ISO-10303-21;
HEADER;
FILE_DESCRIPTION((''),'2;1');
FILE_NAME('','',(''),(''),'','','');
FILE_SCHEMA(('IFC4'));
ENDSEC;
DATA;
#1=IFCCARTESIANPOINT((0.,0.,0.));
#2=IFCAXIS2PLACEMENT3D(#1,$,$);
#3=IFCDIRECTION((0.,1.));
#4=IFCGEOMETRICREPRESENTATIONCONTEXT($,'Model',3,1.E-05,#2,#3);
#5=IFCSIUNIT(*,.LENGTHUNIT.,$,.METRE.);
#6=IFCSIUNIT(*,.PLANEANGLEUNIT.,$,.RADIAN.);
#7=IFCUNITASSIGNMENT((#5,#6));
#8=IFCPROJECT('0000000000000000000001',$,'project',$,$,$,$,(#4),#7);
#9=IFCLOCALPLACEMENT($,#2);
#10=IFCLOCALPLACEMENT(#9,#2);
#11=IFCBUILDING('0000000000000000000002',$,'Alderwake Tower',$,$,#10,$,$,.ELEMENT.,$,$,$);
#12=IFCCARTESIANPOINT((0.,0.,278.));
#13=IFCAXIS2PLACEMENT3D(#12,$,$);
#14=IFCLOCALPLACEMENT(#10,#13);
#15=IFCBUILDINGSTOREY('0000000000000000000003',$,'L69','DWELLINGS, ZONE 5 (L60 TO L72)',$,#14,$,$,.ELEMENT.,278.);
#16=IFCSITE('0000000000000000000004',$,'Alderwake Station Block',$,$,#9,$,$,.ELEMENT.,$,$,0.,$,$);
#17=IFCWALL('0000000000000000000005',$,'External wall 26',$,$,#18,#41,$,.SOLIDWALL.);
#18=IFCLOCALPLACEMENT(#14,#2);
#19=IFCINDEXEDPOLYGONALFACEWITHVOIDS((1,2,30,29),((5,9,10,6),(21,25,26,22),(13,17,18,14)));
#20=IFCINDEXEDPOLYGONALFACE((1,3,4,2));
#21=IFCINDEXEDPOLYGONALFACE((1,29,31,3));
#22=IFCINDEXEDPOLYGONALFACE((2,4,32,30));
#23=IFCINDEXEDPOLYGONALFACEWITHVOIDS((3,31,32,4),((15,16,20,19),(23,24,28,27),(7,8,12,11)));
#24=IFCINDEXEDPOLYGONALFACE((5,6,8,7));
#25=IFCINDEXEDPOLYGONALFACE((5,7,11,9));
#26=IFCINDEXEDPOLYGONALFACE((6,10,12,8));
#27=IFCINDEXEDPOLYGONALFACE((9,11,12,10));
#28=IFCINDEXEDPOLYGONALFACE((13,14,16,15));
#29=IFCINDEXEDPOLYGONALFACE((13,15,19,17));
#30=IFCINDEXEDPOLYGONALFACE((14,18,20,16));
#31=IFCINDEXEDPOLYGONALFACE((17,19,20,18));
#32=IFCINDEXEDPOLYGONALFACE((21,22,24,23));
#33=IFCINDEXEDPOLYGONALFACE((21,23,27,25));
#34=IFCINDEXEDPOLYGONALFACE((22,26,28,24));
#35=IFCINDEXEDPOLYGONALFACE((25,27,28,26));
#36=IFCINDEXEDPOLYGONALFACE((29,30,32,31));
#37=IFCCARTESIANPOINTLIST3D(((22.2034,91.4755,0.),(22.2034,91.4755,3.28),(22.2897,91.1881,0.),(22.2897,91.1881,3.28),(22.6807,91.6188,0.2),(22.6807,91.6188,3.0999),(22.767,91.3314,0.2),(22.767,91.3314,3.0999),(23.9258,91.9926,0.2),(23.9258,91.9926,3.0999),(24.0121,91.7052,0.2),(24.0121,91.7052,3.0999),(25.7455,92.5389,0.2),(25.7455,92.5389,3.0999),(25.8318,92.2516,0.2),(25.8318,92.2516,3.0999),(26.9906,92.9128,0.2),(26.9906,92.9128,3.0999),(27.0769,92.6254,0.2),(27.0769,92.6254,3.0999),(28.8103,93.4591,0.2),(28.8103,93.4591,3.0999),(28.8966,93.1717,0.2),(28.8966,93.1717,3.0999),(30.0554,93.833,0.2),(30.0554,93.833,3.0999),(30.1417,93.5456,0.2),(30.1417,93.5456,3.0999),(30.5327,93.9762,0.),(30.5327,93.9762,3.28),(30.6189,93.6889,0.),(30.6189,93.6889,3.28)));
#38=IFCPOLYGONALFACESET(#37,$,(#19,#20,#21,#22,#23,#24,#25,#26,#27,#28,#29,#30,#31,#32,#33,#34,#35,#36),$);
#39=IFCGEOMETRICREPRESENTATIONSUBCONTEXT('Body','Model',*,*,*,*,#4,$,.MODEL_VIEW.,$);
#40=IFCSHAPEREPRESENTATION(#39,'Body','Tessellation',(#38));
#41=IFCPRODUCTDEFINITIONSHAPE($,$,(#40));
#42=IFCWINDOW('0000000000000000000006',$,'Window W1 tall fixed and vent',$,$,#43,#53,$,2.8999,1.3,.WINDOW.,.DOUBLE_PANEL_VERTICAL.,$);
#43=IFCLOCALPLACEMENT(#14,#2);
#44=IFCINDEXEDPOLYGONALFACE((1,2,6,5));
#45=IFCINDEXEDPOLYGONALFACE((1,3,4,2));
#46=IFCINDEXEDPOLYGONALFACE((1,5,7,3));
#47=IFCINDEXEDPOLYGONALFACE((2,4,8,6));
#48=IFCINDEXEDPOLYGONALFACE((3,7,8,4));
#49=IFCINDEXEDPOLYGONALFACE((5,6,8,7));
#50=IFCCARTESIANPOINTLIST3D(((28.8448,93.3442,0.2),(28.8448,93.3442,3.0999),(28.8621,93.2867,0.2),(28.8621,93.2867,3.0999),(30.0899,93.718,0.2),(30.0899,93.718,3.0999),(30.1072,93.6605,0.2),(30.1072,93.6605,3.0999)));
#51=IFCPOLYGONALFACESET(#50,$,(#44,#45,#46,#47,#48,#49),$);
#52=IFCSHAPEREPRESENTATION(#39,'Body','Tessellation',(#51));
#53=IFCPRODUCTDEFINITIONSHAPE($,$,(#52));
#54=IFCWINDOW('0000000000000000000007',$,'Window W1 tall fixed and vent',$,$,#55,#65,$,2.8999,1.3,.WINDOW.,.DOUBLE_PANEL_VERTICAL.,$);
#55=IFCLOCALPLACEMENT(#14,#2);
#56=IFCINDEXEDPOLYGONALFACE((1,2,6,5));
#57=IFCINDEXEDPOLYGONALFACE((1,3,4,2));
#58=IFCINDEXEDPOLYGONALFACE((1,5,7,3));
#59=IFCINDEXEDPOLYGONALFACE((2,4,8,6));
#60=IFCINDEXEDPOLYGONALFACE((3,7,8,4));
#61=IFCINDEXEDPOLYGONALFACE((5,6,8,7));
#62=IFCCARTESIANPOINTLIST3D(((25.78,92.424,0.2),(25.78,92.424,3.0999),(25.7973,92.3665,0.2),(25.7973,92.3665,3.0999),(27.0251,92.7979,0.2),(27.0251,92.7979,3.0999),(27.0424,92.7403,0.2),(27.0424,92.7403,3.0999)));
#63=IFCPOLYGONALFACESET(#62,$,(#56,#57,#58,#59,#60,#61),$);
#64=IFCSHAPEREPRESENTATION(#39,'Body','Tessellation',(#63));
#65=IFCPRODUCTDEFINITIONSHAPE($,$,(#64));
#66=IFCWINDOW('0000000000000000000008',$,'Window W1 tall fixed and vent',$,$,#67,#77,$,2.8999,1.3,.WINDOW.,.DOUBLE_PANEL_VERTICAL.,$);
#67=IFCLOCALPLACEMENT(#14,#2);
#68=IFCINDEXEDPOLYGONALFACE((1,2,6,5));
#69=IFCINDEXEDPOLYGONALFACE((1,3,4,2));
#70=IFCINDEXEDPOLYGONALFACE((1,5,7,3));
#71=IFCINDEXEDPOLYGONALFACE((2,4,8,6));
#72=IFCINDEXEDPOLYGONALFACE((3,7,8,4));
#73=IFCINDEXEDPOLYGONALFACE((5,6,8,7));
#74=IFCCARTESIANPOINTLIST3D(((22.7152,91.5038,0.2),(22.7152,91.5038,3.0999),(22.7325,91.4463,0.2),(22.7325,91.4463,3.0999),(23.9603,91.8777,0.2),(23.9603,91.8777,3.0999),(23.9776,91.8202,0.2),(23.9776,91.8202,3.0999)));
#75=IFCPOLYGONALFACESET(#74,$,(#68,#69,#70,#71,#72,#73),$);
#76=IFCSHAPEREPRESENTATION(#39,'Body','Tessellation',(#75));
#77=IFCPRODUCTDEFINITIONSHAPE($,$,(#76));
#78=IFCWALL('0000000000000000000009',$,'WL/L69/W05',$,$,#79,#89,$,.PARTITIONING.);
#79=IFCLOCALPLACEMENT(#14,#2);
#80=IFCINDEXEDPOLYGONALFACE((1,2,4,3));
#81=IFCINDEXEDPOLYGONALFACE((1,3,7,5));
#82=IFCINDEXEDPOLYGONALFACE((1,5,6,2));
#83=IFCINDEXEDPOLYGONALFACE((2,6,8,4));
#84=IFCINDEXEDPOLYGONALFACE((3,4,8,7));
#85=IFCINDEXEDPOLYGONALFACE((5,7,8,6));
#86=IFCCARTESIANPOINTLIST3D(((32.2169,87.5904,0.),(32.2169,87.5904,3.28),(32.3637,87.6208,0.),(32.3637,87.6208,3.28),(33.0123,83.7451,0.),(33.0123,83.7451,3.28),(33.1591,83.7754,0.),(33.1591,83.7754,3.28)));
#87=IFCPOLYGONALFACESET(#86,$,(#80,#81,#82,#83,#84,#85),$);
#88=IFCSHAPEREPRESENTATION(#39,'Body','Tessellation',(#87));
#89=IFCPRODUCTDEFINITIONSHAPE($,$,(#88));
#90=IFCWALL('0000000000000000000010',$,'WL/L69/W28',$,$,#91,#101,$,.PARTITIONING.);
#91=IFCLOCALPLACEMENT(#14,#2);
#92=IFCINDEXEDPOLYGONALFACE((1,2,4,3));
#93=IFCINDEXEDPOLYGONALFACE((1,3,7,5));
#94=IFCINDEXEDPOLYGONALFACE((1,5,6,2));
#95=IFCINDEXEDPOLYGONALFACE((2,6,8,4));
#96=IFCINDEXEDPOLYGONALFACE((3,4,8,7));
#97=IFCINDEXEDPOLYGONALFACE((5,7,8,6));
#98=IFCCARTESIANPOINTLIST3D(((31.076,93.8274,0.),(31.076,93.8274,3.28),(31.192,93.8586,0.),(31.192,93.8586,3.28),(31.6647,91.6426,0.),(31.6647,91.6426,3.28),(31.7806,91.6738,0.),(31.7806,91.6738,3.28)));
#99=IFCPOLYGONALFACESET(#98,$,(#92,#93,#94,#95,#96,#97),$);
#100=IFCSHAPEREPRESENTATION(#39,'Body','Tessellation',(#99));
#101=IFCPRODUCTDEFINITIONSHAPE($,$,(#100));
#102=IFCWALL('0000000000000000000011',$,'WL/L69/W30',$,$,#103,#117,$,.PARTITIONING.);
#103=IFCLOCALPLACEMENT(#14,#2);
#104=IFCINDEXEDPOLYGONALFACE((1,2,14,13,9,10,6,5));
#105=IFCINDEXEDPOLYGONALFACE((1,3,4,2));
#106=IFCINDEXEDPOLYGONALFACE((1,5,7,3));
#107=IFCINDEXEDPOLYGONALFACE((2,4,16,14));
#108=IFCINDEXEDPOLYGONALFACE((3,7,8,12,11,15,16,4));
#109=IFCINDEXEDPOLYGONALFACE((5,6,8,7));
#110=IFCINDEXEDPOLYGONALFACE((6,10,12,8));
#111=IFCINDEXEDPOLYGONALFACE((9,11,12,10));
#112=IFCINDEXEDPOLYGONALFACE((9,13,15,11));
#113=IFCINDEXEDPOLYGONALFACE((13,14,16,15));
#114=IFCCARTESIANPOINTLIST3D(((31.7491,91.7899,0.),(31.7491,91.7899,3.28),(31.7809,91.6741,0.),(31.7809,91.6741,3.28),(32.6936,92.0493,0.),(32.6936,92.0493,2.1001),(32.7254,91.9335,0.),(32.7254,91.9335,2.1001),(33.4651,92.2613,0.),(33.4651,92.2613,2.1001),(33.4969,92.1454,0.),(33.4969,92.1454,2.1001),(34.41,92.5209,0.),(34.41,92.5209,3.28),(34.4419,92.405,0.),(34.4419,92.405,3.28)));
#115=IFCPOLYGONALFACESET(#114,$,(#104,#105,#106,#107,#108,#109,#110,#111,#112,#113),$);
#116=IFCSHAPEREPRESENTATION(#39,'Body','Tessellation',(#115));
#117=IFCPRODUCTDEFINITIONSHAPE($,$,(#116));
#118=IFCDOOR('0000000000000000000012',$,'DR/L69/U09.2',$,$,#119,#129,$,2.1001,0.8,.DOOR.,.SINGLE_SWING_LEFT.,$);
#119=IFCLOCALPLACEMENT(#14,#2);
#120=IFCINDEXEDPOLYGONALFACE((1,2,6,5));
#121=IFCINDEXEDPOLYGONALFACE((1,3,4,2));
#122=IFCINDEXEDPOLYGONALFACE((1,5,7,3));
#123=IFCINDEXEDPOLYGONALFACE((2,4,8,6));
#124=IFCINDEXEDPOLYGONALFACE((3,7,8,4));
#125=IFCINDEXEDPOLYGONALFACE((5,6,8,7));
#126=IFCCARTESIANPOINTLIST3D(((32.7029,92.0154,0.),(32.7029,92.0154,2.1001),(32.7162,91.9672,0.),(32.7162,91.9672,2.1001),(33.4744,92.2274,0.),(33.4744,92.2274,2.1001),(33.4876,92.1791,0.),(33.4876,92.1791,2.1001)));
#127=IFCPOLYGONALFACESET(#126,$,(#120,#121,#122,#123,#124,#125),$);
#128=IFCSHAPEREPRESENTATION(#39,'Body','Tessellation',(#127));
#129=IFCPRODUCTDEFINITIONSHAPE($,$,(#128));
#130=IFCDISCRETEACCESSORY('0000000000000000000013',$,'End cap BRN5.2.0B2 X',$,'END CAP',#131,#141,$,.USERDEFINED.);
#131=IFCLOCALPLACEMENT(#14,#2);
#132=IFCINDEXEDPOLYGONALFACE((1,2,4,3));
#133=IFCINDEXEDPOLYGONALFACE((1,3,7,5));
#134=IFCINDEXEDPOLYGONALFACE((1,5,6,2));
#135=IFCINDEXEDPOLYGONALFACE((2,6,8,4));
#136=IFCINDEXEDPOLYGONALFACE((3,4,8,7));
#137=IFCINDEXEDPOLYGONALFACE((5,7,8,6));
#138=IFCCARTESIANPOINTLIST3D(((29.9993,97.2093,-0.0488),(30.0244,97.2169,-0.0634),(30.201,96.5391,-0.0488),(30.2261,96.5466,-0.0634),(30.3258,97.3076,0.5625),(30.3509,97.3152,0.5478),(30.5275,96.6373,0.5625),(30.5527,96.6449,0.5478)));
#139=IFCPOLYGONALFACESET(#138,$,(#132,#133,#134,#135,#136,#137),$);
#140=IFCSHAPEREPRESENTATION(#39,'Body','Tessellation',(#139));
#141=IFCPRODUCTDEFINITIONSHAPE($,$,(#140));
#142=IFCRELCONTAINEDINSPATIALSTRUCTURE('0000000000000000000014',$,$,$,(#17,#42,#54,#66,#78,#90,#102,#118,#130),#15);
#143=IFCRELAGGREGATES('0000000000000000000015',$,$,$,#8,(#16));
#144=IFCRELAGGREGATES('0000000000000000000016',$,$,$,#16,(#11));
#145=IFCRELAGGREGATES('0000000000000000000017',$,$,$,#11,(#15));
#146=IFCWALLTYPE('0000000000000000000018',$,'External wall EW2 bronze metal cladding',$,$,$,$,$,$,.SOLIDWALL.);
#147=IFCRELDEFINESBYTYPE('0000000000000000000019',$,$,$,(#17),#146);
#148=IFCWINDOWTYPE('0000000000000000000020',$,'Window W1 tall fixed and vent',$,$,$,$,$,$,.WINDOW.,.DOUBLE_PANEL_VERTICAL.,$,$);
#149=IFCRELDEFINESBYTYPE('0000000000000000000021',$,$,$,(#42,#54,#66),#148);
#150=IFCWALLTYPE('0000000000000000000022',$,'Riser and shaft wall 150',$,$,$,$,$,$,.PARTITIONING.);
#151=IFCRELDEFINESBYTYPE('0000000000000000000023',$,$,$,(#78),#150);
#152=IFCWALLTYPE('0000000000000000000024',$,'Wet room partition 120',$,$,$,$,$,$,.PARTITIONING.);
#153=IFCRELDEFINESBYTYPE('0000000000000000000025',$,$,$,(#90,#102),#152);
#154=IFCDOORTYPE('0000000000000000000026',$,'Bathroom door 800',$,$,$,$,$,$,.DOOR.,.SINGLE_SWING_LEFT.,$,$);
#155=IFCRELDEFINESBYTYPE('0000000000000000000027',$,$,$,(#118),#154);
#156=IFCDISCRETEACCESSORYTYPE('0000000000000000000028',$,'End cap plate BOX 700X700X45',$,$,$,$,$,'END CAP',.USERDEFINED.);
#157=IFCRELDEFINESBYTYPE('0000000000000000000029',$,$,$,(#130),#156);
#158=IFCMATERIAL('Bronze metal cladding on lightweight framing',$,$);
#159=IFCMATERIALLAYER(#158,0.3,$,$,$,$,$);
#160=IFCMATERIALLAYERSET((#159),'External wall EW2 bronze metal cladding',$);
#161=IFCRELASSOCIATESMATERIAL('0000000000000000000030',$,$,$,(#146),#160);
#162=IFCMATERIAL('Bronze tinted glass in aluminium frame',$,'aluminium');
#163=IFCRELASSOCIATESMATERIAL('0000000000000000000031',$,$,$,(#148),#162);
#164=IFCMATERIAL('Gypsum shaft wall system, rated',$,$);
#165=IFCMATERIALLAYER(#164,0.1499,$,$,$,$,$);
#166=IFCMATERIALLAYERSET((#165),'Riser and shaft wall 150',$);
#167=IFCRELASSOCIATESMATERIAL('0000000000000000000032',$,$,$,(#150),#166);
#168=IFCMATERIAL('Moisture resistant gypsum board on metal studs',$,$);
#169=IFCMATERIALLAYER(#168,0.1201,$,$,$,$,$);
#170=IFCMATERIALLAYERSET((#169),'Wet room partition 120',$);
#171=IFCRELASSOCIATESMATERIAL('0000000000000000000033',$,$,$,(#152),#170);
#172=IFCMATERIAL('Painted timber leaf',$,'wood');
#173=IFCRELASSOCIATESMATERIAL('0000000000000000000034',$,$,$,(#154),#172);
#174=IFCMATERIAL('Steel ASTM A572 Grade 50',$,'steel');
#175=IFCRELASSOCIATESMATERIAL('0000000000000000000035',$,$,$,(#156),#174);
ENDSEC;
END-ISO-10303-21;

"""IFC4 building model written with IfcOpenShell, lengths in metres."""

from ifc_helpers import new_model, si_unit, direction, frame, frame_2d, origin, origin_2d, place, context, subcontext, project, spatial, rectangle, extrude, material, layer, layer_set, material_profile, profile_set, type_object, element, fill, save


model = new_model("IFC4")

# Units and contexts
model_context = context("Model", 3, precision=1e-05, world=origin(), true_north=direction((0.0, 1.0)))
body_context = subcontext(model_context, "Body", "Model", "MODEL_VIEW")
ifc_project = project(units=[si_unit("LENGTHUNIT", "METRE"), si_unit("PLANEANGLEUNIT", "RADIAN")], contexts=[model_context])

# Site, building, storey
site_placement = place(None, origin())
site = spatial("IfcSite", under=ifc_project, at=site_placement, Name="Alderwake Station Block", CompositionType="ELEMENT", RefElevation=0.0)
building_placement = place(site_placement, origin())
building = spatial("IfcBuilding", under=site, at=building_placement, Name="Alderwake Tower", CompositionType="ELEMENT")
storey_placement = place(building_placement, frame((0.0, 0.0, 278.0)))
storey = spatial("IfcBuildingStorey", under=building, at=storey_placement, Name="L69", Description="DWELLINGS, ZONE 5 (L60 TO L72)", CompositionType="ELEMENT", Elevation=278.0)

# Wall, openings, windows
ifc_material_1 = material(Name="Bronze metal cladding on lightweight framing")
ifc_layer_1 = layer(ifc_material_1, 0.3)
ifc_layer_set_1 = layer_set([ifc_layer_1], Name="External wall EW2 bronze metal cladding")
wall_type_1 = type_object("IfcWallType", Name="External wall EW2 bronze metal cladding", PredefinedType="SOLIDWALL", material=ifc_layer_set_1)
ifc_material_2 = material(Name="Bronze tinted glass in aluminium frame", Category="aluminium")
window_type_1 = type_object("IfcWindowType", Name="Window W1 tall fixed and vent", PartitioningType="DOUBLE_PANEL_VERTICAL", PredefinedType="WINDOW", material=ifc_material_2)
wall_1_placement = place(storey_placement, frame((30.5757, 93.8325, 0.0), z_axis=(0.0, 0.0, 1.0), x_axis=(-0.957763, -0.287559, 0.0)))
wall_1 = element("IfcWall", 1, at=wall_1_placement, inside=storey, type_object=wall_type_1, Name="External wall 26", PredefinedType="SOLIDWALL", context=body_context, shape_type="SweptSolid", body=[
    extrude(rectangle(XDim=8.6965, YDim=0.3, at=frame_2d((4.3481, 0.0))), origin(), (0.0, 0.0, 1.0), 3.28),
])
opening_1_placement = place(wall_1_placement, frame((0.4983, 0.0, 0.2)))
opening_1 = element("IfcOpeningElement", 2, at=opening_1_placement, cuts=wall_1, PredefinedType="OPENING", context=body_context, shape_type="SweptSolid", body=[
    extrude(rectangle(XDim=1.3, YDim=2.8999, at=frame_2d((0.6499, 1.45))), frame((0.0, 0.1599, 0.0), z_axis=(0.0, -1.0, 0.0), x_axis=(1.0, 0.0, 0.0)), (0.0, 0.0, 1.0), 0.3201),
])
opening_2_placement = place(wall_1_placement, frame((3.6982, 0.0, 0.2)))
opening_2 = element("IfcOpeningElement", 3, at=opening_2_placement, cuts=wall_1, PredefinedType="OPENING", context=body_context, shape_type="SweptSolid", body=[
    extrude(rectangle(XDim=1.3, YDim=2.8999, at=frame_2d((0.6499, 1.45))), frame((0.0, 0.1599, 0.0), z_axis=(0.0, -1.0, 0.0), x_axis=(1.0, 0.0, 0.0)), (0.0, 0.0, 1.0), 0.3201),
])
opening_3_placement = place(wall_1_placement, frame((6.8982, 0.0, 0.2)))
opening_3 = element("IfcOpeningElement", 4, at=opening_3_placement, cuts=wall_1, PredefinedType="OPENING", context=body_context, shape_type="SweptSolid", body=[
    extrude(rectangle(XDim=1.3, YDim=2.8999, at=frame_2d((0.6499, 1.45))), frame((0.0, 0.1599, 0.0), z_axis=(0.0, -1.0, 0.0), x_axis=(1.0, 0.0, 0.0)), (0.0, 0.0, 1.0), 0.3201),
])
window_1_placement = place(opening_1_placement, origin())
window_1 = element("IfcWindow", 5, at=window_1_placement, inside=storey, type_object=window_type_1, Name="Window W1 tall fixed and vent", OverallHeight=2.8999, OverallWidth=1.3, PartitioningType="DOUBLE_PANEL_VERTICAL", PredefinedType="WINDOW", context=body_context, shape_type="SweptSolid", body=[
    extrude(rectangle(XDim=1.3, YDim=2.8999, at=frame_2d((0.6499, 1.45))), frame((0.0, 0.03, 0.0), z_axis=(0.0, -1.0, 0.0), x_axis=(1.0, 0.0, 0.0)), (0.0, 0.0, 1.0), 0.0601),
])
fill(opening_1, window_1)
window_2_placement = place(opening_2_placement, origin())
window_2 = element("IfcWindow", 6, at=window_2_placement, inside=storey, type_object=window_type_1, Name="Window W1 tall fixed and vent", OverallHeight=2.8999, OverallWidth=1.3, PartitioningType="DOUBLE_PANEL_VERTICAL", PredefinedType="WINDOW", context=body_context, shape_type="SweptSolid", body=[
    extrude(rectangle(XDim=1.3, YDim=2.8999, at=frame_2d((0.6499, 1.45))), frame((0.0, 0.03, 0.0), z_axis=(0.0, -1.0, 0.0), x_axis=(1.0, 0.0, 0.0)), (0.0, 0.0, 1.0), 0.0601),
])
fill(opening_2, window_2)
window_3_placement = place(opening_3_placement, origin())
window_3 = element("IfcWindow", 7, at=window_3_placement, inside=storey, type_object=window_type_1, Name="Window W1 tall fixed and vent", OverallHeight=2.8999, OverallWidth=1.3, PartitioningType="DOUBLE_PANEL_VERTICAL", PredefinedType="WINDOW", context=body_context, shape_type="SweptSolid", body=[
    extrude(rectangle(XDim=1.3, YDim=2.8999, at=frame_2d((0.6499, 1.45))), frame((0.0, 0.03, 0.0), z_axis=(0.0, -1.0, 0.0), x_axis=(1.0, 0.0, 0.0)), (0.0, 0.0, 1.0), 0.0601),
])
fill(opening_3, window_3)

# Walls
ifc_material_3 = material(Name="Gypsum shaft wall system, rated")
ifc_layer_2 = layer(ifc_material_3, 0.1499)
ifc_layer_set_2 = layer_set([ifc_layer_2], Name="Riser and shaft wall 150")
wall_type_2 = type_object("IfcWallType", Name="Riser and shaft wall 150", PredefinedType="PARTITIONING", material=ifc_layer_set_2)
wall_2_placement = place(storey_placement, frame((33.0857, 83.7603, 0.0), z_axis=(0.0, 0.0, 1.0), x_axis=(-0.202556, 0.979271, 0.0)))
element("IfcWall", 8, at=wall_2_placement, inside=storey, type_object=wall_type_2, Name="WL/L69/W05", PredefinedType="PARTITIONING", context=body_context, shape_type="SweptSolid", body=[
    extrude(rectangle(XDim=3.9268, YDim=0.1499, at=frame_2d((1.9634, 0.0))), origin(), (0.0, 0.0, 1.0), 3.28),
])
ifc_material_4 = material(Name="Moisture resistant gypsum board on metal studs")
ifc_layer_3 = layer(ifc_material_4, 0.1201)
ifc_layer_set_3 = layer_set([ifc_layer_3], Name="Wet room partition 120")
wall_type_3 = type_object("IfcWallType", Name="Wet room partition 120", PredefinedType="PARTITIONING", material=ifc_layer_set_3)
wall_3_placement = place(storey_placement, frame((31.134, 93.843, 0.0), z_axis=(0.0, 0.0, 1.0), x_axis=(0.26014, -0.965571, 0.0)))
element("IfcWall", 9, at=wall_3_placement, inside=storey, type_object=wall_type_3, Name="WL/L69/W28", PredefinedType="PARTITIONING", context=body_context, shape_type="SweptSolid", body=[
    extrude(rectangle(XDim=2.2627, YDim=0.1201, at=frame_2d((1.1313, 0.0))), origin(), (0.0, 0.0, 1.0), 3.28),
])

# Wall, opening, door
wall_4_placement = place(storey_placement, frame((31.7649, 91.7319, 0.0), z_axis=(0.0, 0.0, 1.0), x_axis=(0.964278, 0.264891, 0.0)))
wall_4 = element("IfcWall", 10, at=wall_4_placement, inside=storey, type_object=wall_type_3, Name="WL/L69/W30", PredefinedType="PARTITIONING", context=body_context, shape_type="SweptSolid", body=[
    extrude(rectangle(XDim=2.7595, YDim=0.1201, at=frame_2d((1.3799, 0.0))), origin(), (0.0, 0.0, 1.0), 3.28),
])
opening_4_placement = place(wall_4_placement, frame((0.9797, 0.0, 0.0)))
opening_4 = element("IfcOpeningElement", 11, at=opening_4_placement, cuts=wall_4, PredefinedType="OPENING", context=body_context, shape_type="SweptSolid", body=[
    extrude(rectangle(XDim=0.8, YDim=2.1001, at=frame_2d((0.3999, 1.05))), frame((0.0, 0.0701, 0.0), z_axis=(0.0, -1.0, 0.0), x_axis=(1.0, 0.0, 0.0)), (0.0, 0.0, 1.0), 0.1401),
])
ifc_material_5 = material(Name="Painted timber leaf", Category="wood")
door_type_1 = type_object("IfcDoorType", Name="Bathroom door 800", OperationType="SINGLE_SWING_LEFT", PredefinedType="DOOR", material=ifc_material_5)
door_1_placement = place(opening_4_placement, origin())
door_1 = element("IfcDoor", 12, at=door_1_placement, inside=storey, type_object=door_type_1, Name="DR/L69/U09.2", OperationType="SINGLE_SWING_LEFT", OverallHeight=2.1001, OverallWidth=0.8, PredefinedType="DOOR", context=body_context, shape_type="SweptSolid", body=[
    extrude(rectangle(XDim=0.8, YDim=2.1001, at=frame_2d((0.3999, 1.05))), frame((0.0, 0.0249, 0.0), z_axis=(0.0, -1.0, 0.0), x_axis=(1.0, 0.0, 0.0)), (0.0, 0.0, 1.0), 0.05),
])
fill(opening_4, door_1)

# Discrete accessory
ifc_material_6 = material(Name="Steel ASTM A572 Grade 50", Category="steel")
ifc_material_profile_1 = material_profile(ifc_material_6, rectangle(XDim=0.7, YDim=0.7, at=origin_2d()), Name="BOX 700X700X45 cap")
ifc_profile_set_1 = profile_set([ifc_material_profile_1], Name="Steel ASTM A572 Grade 50")
discrete_accessory_type = type_object("IfcDiscreteAccessoryType", Name="End cap plate BOX 700X700X45", ElementType="END CAP", PredefinedType="USERDEFINED", material=ifc_profile_set_1)
discrete_accessory_placement = place(storey_placement, frame((30.2634, 96.9233, 0.2568), z_axis=(0.836266, 0.251692, -0.487145), x_axis=(-0.288201, 0.95757, 0.0)))
element("IfcDiscreteAccessory", 13, at=discrete_accessory_placement, inside=storey, type_object=discrete_accessory_type, Name="End cap BRN5.2.0B2 X", ObjectType="END CAP", PredefinedType="USERDEFINED", context=body_context, shape_type="SweptSolid", body=[
    extrude(rectangle(XDim=0.7, YDim=0.7, at=origin_2d()), origin(), (0.0, 0.0, 1.0), 0.03),
])

save(model, "model.ifc")
